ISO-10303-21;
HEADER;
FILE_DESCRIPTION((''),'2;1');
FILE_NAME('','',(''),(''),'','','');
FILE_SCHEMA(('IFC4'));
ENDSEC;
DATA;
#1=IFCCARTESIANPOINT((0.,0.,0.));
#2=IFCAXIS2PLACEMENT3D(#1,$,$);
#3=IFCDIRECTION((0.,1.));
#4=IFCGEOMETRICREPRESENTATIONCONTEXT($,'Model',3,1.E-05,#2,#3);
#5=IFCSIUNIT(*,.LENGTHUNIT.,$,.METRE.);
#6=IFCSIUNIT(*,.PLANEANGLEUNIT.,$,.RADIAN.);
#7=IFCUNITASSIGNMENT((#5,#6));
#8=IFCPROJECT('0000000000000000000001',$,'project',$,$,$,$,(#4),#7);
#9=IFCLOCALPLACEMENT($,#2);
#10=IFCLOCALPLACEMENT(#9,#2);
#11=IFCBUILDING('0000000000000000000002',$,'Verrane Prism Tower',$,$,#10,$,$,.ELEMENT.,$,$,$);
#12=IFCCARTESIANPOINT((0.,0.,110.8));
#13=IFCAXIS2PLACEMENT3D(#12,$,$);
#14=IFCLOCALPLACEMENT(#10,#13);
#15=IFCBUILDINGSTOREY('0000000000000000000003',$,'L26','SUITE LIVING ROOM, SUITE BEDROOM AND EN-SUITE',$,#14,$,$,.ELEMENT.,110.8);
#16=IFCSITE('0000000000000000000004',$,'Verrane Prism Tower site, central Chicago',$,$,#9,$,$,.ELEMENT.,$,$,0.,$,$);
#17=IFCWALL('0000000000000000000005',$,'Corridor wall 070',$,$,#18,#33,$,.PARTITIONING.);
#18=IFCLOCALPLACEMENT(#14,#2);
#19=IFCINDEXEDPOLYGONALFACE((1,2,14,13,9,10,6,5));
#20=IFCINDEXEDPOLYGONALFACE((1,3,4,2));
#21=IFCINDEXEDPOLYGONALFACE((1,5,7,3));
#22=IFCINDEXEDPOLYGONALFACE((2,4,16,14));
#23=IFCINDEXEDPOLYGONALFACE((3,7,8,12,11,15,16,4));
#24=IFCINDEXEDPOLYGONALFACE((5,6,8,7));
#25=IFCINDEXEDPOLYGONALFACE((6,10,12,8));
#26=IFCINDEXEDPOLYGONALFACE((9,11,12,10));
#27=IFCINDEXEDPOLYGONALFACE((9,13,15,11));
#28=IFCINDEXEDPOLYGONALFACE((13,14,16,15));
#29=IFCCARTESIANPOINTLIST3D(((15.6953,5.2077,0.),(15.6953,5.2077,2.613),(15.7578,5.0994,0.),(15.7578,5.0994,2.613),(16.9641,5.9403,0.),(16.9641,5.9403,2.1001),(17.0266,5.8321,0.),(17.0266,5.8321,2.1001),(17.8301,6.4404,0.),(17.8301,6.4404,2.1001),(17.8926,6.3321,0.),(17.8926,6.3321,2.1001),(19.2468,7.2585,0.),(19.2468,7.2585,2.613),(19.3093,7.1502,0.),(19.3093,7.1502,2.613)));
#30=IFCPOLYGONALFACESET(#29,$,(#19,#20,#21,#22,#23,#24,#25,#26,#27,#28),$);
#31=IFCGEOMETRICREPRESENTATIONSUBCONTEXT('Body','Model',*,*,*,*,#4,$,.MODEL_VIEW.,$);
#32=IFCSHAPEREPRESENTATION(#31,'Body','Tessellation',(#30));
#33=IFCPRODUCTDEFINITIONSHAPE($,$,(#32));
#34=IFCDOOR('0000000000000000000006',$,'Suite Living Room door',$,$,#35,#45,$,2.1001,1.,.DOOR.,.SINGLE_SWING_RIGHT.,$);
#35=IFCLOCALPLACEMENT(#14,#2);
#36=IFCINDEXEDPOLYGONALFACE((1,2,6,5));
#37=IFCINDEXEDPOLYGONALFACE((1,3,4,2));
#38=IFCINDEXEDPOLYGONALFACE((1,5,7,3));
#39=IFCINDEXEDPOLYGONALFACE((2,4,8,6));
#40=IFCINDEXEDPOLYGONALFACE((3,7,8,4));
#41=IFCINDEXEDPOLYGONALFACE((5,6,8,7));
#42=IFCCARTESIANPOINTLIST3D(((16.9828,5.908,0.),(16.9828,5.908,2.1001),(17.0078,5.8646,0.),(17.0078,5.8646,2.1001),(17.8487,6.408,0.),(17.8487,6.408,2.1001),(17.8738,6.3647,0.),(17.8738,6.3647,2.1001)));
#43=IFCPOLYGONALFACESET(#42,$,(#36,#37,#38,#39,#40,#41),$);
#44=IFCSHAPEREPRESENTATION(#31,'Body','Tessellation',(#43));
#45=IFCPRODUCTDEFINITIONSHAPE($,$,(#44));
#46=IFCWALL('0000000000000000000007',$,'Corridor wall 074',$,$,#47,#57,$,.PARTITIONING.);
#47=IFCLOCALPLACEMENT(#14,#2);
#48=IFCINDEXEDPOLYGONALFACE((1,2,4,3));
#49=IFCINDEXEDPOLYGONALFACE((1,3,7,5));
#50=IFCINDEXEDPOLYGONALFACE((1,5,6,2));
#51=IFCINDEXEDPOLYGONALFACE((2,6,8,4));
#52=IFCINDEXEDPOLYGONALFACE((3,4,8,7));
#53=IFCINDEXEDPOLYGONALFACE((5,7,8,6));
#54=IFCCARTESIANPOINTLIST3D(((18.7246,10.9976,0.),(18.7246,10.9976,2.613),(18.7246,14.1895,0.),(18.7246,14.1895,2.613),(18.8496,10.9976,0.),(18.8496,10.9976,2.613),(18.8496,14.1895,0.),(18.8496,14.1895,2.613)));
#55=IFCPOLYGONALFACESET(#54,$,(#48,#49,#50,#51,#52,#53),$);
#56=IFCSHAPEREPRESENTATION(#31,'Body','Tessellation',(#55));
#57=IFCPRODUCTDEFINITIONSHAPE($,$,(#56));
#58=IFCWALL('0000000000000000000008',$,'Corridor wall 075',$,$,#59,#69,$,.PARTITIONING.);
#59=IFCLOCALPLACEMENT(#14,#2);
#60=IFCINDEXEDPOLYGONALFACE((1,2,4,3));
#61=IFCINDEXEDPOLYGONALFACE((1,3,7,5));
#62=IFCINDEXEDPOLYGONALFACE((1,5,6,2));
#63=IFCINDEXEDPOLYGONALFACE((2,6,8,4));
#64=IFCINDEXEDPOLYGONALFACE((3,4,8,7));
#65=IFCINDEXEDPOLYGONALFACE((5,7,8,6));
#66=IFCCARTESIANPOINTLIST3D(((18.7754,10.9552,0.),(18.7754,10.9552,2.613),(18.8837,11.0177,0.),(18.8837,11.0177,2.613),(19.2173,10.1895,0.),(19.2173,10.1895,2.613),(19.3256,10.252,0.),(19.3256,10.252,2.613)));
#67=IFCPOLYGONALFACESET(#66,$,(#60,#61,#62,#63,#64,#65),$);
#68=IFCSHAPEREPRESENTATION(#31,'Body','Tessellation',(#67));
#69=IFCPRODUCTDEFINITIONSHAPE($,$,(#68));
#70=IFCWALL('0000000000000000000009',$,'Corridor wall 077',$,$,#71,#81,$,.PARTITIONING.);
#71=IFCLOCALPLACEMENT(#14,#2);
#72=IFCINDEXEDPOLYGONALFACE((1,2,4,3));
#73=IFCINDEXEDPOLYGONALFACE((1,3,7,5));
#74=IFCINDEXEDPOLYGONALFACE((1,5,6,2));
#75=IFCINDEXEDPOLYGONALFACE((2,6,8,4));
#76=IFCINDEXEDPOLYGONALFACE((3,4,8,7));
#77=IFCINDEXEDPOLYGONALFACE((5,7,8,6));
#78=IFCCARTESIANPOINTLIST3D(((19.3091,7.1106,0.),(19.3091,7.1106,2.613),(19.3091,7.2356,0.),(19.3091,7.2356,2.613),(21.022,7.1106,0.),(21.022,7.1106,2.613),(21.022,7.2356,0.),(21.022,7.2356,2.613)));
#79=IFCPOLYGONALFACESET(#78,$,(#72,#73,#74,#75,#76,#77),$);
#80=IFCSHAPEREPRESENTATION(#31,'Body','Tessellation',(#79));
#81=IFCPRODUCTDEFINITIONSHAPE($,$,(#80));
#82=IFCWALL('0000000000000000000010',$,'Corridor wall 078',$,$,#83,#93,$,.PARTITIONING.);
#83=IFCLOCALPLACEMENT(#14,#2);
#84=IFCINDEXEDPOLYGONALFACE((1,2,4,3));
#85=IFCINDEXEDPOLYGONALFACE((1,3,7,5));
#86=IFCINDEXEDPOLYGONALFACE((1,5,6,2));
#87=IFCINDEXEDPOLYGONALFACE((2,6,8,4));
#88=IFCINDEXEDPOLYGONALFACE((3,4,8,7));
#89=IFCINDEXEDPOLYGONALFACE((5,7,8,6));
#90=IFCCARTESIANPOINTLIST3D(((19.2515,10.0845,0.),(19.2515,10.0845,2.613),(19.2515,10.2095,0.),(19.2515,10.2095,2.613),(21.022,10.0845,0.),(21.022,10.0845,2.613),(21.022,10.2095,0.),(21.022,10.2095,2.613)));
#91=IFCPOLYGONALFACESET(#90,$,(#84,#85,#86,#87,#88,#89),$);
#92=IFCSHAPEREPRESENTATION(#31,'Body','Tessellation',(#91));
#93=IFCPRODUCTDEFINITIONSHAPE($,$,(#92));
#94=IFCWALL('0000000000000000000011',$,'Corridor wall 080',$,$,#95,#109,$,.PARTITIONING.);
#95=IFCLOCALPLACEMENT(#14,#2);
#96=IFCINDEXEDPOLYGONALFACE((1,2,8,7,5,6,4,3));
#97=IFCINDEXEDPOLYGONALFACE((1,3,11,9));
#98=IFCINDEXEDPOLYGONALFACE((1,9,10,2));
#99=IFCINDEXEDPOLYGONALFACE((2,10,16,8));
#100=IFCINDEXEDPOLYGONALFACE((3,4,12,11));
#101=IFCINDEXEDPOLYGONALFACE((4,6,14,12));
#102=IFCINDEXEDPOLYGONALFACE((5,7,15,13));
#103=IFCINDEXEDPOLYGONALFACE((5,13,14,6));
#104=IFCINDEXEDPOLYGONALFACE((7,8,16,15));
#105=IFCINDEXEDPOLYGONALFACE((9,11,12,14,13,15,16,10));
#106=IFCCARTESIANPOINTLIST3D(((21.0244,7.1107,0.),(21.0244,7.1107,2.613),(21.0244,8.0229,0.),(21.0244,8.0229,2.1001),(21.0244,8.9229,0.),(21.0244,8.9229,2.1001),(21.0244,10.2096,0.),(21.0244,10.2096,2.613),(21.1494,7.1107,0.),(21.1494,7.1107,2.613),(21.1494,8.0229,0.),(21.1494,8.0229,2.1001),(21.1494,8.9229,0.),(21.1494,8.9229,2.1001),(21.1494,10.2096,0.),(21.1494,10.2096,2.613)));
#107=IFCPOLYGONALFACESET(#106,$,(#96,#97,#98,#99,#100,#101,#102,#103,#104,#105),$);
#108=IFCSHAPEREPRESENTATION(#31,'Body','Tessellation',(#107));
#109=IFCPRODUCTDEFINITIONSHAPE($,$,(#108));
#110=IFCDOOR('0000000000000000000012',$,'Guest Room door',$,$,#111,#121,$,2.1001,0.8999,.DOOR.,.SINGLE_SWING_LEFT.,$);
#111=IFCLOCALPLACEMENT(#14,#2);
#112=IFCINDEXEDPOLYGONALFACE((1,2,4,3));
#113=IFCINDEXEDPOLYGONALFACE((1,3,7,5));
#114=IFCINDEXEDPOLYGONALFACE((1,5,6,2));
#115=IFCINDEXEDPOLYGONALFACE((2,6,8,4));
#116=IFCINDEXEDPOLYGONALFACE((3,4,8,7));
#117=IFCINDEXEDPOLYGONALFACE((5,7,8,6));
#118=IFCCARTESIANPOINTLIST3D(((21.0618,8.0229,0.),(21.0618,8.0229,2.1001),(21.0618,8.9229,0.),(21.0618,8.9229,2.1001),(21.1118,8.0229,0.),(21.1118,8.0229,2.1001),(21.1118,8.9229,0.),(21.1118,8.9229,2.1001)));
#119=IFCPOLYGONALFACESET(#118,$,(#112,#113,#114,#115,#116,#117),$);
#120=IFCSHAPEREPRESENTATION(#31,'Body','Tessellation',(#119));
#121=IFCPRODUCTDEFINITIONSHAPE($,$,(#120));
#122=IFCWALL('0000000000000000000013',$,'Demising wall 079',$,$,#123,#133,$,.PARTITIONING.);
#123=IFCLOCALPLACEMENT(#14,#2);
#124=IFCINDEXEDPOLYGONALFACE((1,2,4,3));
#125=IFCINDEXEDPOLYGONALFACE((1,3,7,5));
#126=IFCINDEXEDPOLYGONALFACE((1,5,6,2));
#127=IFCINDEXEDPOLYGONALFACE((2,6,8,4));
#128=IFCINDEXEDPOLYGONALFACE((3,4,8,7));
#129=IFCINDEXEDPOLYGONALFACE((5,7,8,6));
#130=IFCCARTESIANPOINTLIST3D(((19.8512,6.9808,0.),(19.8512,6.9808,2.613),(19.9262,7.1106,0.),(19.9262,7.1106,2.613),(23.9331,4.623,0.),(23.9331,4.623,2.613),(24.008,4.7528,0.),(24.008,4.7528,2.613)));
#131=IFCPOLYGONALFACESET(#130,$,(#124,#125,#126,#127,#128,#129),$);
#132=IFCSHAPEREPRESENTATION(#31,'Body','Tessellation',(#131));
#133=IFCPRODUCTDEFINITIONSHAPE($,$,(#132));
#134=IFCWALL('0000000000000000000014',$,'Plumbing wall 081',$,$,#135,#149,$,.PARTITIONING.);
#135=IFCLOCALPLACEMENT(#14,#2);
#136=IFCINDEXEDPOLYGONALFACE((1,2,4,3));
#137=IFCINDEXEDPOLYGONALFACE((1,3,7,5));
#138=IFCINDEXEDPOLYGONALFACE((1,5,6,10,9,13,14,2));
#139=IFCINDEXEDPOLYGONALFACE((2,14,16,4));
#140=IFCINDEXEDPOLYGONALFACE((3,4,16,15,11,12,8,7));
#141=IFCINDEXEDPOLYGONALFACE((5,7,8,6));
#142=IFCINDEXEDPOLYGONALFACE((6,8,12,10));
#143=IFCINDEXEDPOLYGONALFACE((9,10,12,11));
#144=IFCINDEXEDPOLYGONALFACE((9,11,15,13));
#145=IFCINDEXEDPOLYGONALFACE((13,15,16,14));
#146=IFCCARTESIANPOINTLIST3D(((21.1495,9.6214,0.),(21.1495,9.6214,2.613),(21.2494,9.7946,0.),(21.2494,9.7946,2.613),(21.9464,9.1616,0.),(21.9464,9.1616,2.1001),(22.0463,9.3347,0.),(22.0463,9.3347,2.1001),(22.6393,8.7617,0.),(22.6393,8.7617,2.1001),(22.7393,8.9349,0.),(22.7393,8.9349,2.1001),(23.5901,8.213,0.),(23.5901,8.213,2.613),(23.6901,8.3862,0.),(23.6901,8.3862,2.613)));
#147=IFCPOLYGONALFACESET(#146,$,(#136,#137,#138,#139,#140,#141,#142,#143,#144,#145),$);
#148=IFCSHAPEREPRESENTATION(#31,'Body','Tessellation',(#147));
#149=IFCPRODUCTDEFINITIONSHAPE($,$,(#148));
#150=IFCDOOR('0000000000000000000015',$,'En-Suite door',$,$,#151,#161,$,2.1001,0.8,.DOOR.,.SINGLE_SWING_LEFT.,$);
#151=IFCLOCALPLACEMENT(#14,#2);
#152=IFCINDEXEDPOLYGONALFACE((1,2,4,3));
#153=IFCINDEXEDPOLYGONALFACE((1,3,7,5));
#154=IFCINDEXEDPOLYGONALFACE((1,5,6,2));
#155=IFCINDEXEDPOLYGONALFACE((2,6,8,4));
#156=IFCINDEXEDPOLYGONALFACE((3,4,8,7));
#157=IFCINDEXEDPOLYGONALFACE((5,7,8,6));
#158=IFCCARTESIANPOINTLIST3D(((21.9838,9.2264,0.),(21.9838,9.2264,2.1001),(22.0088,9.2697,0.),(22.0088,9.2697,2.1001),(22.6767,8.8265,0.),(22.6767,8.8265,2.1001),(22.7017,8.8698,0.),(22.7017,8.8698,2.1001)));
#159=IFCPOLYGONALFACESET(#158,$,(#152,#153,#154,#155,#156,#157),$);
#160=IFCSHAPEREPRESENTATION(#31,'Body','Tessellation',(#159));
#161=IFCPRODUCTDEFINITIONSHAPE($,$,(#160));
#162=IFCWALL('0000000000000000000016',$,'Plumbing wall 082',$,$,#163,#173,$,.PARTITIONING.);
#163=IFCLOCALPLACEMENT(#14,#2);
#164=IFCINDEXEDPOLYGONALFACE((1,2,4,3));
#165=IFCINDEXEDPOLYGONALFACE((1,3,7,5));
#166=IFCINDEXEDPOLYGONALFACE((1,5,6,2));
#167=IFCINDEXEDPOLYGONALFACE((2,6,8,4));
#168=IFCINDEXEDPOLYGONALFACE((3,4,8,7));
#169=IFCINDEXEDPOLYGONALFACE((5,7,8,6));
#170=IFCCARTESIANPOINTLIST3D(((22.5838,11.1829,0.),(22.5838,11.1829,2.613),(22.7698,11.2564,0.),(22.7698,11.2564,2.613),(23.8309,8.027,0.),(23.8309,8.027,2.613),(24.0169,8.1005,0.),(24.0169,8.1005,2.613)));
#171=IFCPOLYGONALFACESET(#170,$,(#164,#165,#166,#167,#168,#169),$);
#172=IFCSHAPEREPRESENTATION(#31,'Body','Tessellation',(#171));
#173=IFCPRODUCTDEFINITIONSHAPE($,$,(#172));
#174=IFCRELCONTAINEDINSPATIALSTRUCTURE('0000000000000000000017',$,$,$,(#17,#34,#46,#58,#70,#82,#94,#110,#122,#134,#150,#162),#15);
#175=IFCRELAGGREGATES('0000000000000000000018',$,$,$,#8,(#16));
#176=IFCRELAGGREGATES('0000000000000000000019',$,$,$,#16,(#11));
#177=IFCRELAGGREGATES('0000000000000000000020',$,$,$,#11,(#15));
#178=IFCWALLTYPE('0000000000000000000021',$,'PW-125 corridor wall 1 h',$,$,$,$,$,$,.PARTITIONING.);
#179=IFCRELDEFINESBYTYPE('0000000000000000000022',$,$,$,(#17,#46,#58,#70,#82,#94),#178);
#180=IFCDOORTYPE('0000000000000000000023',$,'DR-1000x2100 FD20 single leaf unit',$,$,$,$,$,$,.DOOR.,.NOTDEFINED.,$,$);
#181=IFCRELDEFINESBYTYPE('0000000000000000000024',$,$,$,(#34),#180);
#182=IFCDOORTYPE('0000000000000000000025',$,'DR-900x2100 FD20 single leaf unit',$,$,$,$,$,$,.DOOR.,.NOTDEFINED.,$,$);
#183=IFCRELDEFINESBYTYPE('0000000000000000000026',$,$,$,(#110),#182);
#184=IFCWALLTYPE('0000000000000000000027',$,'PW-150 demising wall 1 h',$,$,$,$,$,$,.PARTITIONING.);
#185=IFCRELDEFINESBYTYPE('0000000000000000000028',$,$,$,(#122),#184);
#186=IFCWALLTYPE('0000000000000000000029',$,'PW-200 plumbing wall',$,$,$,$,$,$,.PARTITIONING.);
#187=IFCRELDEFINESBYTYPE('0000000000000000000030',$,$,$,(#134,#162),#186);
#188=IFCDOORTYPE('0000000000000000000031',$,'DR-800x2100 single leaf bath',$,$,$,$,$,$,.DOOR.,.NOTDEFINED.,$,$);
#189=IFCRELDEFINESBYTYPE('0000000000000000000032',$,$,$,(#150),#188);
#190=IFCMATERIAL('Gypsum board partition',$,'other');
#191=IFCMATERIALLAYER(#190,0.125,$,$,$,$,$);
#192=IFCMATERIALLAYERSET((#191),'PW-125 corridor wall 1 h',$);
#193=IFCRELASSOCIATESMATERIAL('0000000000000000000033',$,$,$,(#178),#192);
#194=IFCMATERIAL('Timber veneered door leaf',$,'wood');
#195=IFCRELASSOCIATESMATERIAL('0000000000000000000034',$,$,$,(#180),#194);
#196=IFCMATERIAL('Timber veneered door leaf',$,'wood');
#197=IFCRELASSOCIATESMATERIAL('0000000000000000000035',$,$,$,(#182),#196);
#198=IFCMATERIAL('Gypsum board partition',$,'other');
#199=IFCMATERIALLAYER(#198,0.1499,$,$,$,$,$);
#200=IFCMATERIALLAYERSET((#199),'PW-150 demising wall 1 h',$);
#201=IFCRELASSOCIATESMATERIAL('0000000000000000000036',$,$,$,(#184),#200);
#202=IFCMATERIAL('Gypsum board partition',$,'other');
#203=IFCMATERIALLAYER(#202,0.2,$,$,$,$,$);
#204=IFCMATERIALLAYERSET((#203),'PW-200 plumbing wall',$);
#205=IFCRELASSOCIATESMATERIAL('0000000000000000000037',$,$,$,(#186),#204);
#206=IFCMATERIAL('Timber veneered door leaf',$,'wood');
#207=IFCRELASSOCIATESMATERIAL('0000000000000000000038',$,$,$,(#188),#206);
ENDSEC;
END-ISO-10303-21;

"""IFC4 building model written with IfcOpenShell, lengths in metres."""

from ifc_helpers import new_model, si_unit, direction, frame, frame_2d, origin, place, context, subcontext, project, spatial, rectangle, extrude, material, layer, layer_set, type_object, element, fill, save


model = new_model("IFC4")

# Units and contexts
model_context = context("Model", 3, precision=1e-05, world=origin(), true_north=direction((0.0, 1.0)))
body_context = subcontext(model_context, "Body", "Model", "MODEL_VIEW")
ifc_project = project(units=[si_unit("LENGTHUNIT", "METRE"), si_unit("PLANEANGLEUNIT", "RADIAN")], contexts=[model_context])

# Site, building, storey
site_placement = place(None, origin())
site = spatial("IfcSite", under=ifc_project, at=site_placement, Name="Verrane Prism Tower site, central Chicago", CompositionType="ELEMENT", RefElevation=0.0)
building_placement = place(site_placement, origin())
building = spatial("IfcBuilding", under=site, at=building_placement, Name="Verrane Prism Tower", CompositionType="ELEMENT")
storey_placement = place(building_placement, frame((0.0, 0.0, 110.8)))
storey = spatial("IfcBuildingStorey", under=building, at=storey_placement, Name="L26", Description="SUITE LIVING ROOM, SUITE BEDROOM AND EN-SUITE", CompositionType="ELEMENT", Elevation=110.8)

# Wall, opening, door
ifc_material_1 = material(Name="Gypsum board partition", Category="other")
ifc_layer_1 = layer(ifc_material_1, 0.125)
ifc_layer_set_1 = layer_set([ifc_layer_1], Name="PW-125 corridor wall 1 h")
wall_type_1 = type_object("IfcWallType", Name="PW-125 corridor wall 1 h", PredefinedType="PARTITIONING", material=ifc_layer_set_1)
wall_1_placement = place(storey_placement, frame((19.2781, 7.2043, 0.0), z_axis=(0.0, 0.0, 1.0), x_axis=(-0.865992, -0.500057, 0.0)))
wall_1 = element("IfcWall", 1, at=wall_1_placement, inside=storey, type_object=wall_type_1, Name="Corridor wall 070", PredefinedType="PARTITIONING", context=body_context, shape_type="SweptSolid", body=[
    extrude(rectangle(XDim=4.1011, YDim=0.125, at=frame_2d((2.0505, 0.0))), origin(), (0.0, 0.0, 1.0), 2.613),
])
opening_1_placement = place(wall_1_placement, frame((1.636, 0.0, 0.0)))
opening_1 = element("IfcOpeningElement", 2, at=opening_1_placement, cuts=wall_1, PredefinedType="OPENING", context=body_context, shape_type="SweptSolid", body=[
    extrude(rectangle(XDim=1.0, YDim=2.1001, at=frame_2d((0.5, 1.05))), frame((0.0, 0.0725, 0.0), z_axis=(0.0, -1.0, 0.0), x_axis=(1.0, 0.0, 0.0)), (0.0, 0.0, 1.0), 0.145),
])
ifc_material_2 = material(Name="Timber veneered door leaf", Category="wood")
door_type_1 = type_object("IfcDoorType", Name="DR-1000x2100 FD20 single leaf unit", OperationType="NOTDEFINED", PredefinedType="DOOR", material=ifc_material_2)
door_1_placement = place(opening_1_placement, origin())
door_1 = element("IfcDoor", 3, at=door_1_placement, inside=storey, type_object=door_type_1, Name="Suite Living Room door", OperationType="SINGLE_SWING_RIGHT", OverallHeight=2.1001, OverallWidth=1.0, PredefinedType="DOOR", context=body_context, shape_type="SweptSolid", body=[
    extrude(rectangle(XDim=1.0, YDim=2.1001, at=frame_2d((0.5, 1.05))), frame((0.0, 0.0249, 0.0), z_axis=(0.0, -1.0, 0.0), x_axis=(1.0, 0.0, 0.0)), (0.0, 0.0, 1.0), 0.05),
])
fill(opening_1, door_1)

# Walls
wall_2_placement = place(storey_placement, frame((18.7871, 10.9976, 0.0), z_axis=(0.0, 0.0, 1.0), x_axis=(0.0, 1.0, 0.0)))
element("IfcWall", 4, at=wall_2_placement, inside=storey, type_object=wall_type_1, Name="Corridor wall 074", PredefinedType="PARTITIONING", context=body_context, shape_type="SweptSolid", body=[
    extrude(rectangle(XDim=3.1919, YDim=0.125, at=frame_2d((1.5959, 0.0))), origin(), (0.0, 0.0, 1.0), 2.613),
])
wall_3_placement = place(storey_placement, frame((18.8296, 10.9863, 0.0), z_axis=(0.0, 0.0, 1.0), x_axis=(0.499882, -0.866094, 0.0)))
element("IfcWall", 5, at=wall_3_placement, inside=storey, type_object=wall_type_1, Name="Corridor wall 075", PredefinedType="PARTITIONING", context=body_context, shape_type="SweptSolid", body=[
    extrude(rectangle(XDim=0.884, YDim=0.125, at=frame_2d((0.4419, 0.0))), origin(), (0.0, 0.0, 1.0), 2.613),
])
wall_4_placement = place(storey_placement, frame((19.3091, 7.1731, 0.0), z_axis=(0.0, 0.0, 1.0), x_axis=(1.0, 0.0, 0.0)))
element("IfcWall", 6, at=wall_4_placement, inside=storey, type_object=wall_type_1, Name="Corridor wall 077", PredefinedType="PARTITIONING", context=body_context, shape_type="SweptSolid", body=[
    extrude(rectangle(XDim=1.7129, YDim=0.125, at=frame_2d((0.8564, 0.0))), origin(), (0.0, 0.0, 1.0), 2.613),
])
wall_5_placement = place(storey_placement, frame((19.2515, 10.147, 0.0), z_axis=(0.0, 0.0, 1.0), x_axis=(1.0, 0.0, 0.0)))
element("IfcWall", 7, at=wall_5_placement, inside=storey, type_object=wall_type_1, Name="Corridor wall 078", PredefinedType="PARTITIONING", context=body_context, shape_type="SweptSolid", body=[
    extrude(rectangle(XDim=1.7705, YDim=0.125, at=frame_2d((0.8853, 0.0))), origin(), (0.0, 0.0, 1.0), 2.613),
])

# Wall, opening, door
wall_6_placement = place(storey_placement, frame((21.0869, 10.2095, 0.0), z_axis=(0.0, 0.0, 1.0), x_axis=(0.0, -1.0, 0.0)))
wall_6 = element("IfcWall", 8, at=wall_6_placement, inside=storey, type_object=wall_type_1, Name="Corridor wall 080", PredefinedType="PARTITIONING", context=body_context, shape_type="SweptSolid", body=[
    extrude(rectangle(XDim=3.0989, YDim=0.125, at=frame_2d((1.5493, 0.0))), origin(), (0.0, 0.0, 1.0), 2.613),
])
opening_2_placement = place(wall_6_placement, frame((1.2866, 0.0, 0.0)))
opening_2 = element("IfcOpeningElement", 9, at=opening_2_placement, cuts=wall_6, PredefinedType="OPENING", context=body_context, shape_type="SweptSolid", body=[
    extrude(rectangle(XDim=0.8999, YDim=2.1001, at=frame_2d((0.45, 1.05))), frame((0.0, 0.0725, 0.0), z_axis=(0.0, -1.0, 0.0), x_axis=(1.0, 0.0, 0.0)), (0.0, 0.0, 1.0), 0.145),
])
ifc_material_3 = material(Name="Timber veneered door leaf", Category="wood")
door_type_2 = type_object("IfcDoorType", Name="DR-900x2100 FD20 single leaf unit", OperationType="NOTDEFINED", PredefinedType="DOOR", material=ifc_material_3)
door_2_placement = place(opening_2_placement, origin())
door_2 = element("IfcDoor", 10, at=door_2_placement, inside=storey, type_object=door_type_2, Name="Guest Room door", OperationType="SINGLE_SWING_LEFT", OverallHeight=2.1001, OverallWidth=0.8999, PredefinedType="DOOR", context=body_context, shape_type="SweptSolid", body=[
    extrude(rectangle(XDim=0.8999, YDim=2.1001, at=frame_2d((0.45, 1.05))), frame((0.0, 0.0249, 0.0), z_axis=(0.0, -1.0, 0.0), x_axis=(1.0, 0.0, 0.0)), (0.0, 0.0, 1.0), 0.05),
])
fill(opening_2, door_2)

# Wall
ifc_material_4 = material(Name="Gypsum board partition", Category="other")
ifc_layer_2 = layer(ifc_material_4, 0.1499)
ifc_layer_set_2 = layer_set([ifc_layer_2], Name="PW-150 demising wall 1 h")
wall_type_2 = type_object("IfcWallType", Name="PW-150 demising wall 1 h", PredefinedType="PARTITIONING", material=ifc_layer_set_2)
wall_7_placement = place(storey_placement, frame((19.8887, 7.0457, 0.0), z_axis=(0.0, 0.0, 1.0), x_axis=(0.865929, -0.500166, 0.0)))
element("IfcWall", 11, at=wall_7_placement, inside=storey, type_object=wall_type_2, Name="Demising wall 079", PredefinedType="PARTITIONING", context=body_context, shape_type="SweptSolid", body=[
    extrude(rectangle(XDim=4.7139, YDim=0.1499, at=frame_2d((2.3569, 0.0))), origin(), (0.0, 0.0, 1.0), 2.613),
])

# Wall, opening, door
ifc_material_5 = material(Name="Gypsum board partition", Category="other")
ifc_layer_3 = layer(ifc_material_5, 0.2)
ifc_layer_set_3 = layer_set([ifc_layer_3], Name="PW-200 plumbing wall")
wall_type_3 = type_object("IfcWallType", Name="PW-200 plumbing wall", PredefinedType="PARTITIONING", material=ifc_layer_set_3)
wall_8_placement = place(storey_placement, frame((21.1995, 9.708, 0.0), z_axis=(0.0, 0.0, 1.0), x_axis=(0.866129, -0.49982, 0.0)))
wall_8 = element("IfcWall", 12, at=wall_8_placement, inside=storey, type_object=wall_type_3, Name="Plumbing wall 081", PredefinedType="PARTITIONING", context=body_context, shape_type="SweptSolid", body=[
    extrude(rectangle(XDim=2.8179, YDim=0.2, at=frame_2d((1.4089, 0.0))), origin(), (0.0, 0.0, 1.0), 2.613),
])
opening_3_placement = place(wall_8_placement, frame((0.9202, 0.0, 0.0)))
opening_3 = element("IfcOpeningElement", 13, at=opening_3_placement, cuts=wall_8, PredefinedType="OPENING", context=body_context, shape_type="SweptSolid", body=[
    extrude(rectangle(XDim=0.8, YDim=2.1001, at=frame_2d((0.3999, 1.05))), frame((0.0, 0.1099, 0.0), z_axis=(0.0, -1.0, 0.0), x_axis=(1.0, 0.0, 0.0)), (0.0, 0.0, 1.0), 0.22),
])
ifc_material_6 = material(Name="Timber veneered door leaf", Category="wood")
door_type_3 = type_object("IfcDoorType", Name="DR-800x2100 single leaf bath", OperationType="NOTDEFINED", PredefinedType="DOOR", material=ifc_material_6)
door_3_placement = place(opening_3_placement, origin())
door_3 = element("IfcDoor", 14, at=door_3_placement, inside=storey, type_object=door_type_3, Name="En-Suite door", OperationType="SINGLE_SWING_LEFT", OverallHeight=2.1001, OverallWidth=0.8, PredefinedType="DOOR", context=body_context, shape_type="SweptSolid", body=[
    extrude(rectangle(XDim=0.8, YDim=2.1001, at=frame_2d((0.3999, 1.05))), frame((0.0, 0.0249, 0.0), z_axis=(0.0, -1.0, 0.0), x_axis=(1.0, 0.0, 0.0)), (0.0, 0.0, 1.0), 0.05),
])
fill(opening_3, door_3)

# Wall
wall_9_placement = place(storey_placement, frame((22.6768, 11.2197, 0.0), z_axis=(0.0, 0.0, 1.0), x_axis=(0.367517, -0.930017, 0.0)))
element("IfcWall", 15, at=wall_9_placement, inside=storey, type_object=wall_type_3, Name="Plumbing wall 082", PredefinedType="PARTITIONING", context=body_context, shape_type="SweptSolid", body=[
    extrude(rectangle(XDim=3.3933, YDim=0.2, at=frame_2d((1.6968, 0.0))), origin(), (0.0, 0.0, 1.0), 2.613),
])

save(model, "model.ifc")
